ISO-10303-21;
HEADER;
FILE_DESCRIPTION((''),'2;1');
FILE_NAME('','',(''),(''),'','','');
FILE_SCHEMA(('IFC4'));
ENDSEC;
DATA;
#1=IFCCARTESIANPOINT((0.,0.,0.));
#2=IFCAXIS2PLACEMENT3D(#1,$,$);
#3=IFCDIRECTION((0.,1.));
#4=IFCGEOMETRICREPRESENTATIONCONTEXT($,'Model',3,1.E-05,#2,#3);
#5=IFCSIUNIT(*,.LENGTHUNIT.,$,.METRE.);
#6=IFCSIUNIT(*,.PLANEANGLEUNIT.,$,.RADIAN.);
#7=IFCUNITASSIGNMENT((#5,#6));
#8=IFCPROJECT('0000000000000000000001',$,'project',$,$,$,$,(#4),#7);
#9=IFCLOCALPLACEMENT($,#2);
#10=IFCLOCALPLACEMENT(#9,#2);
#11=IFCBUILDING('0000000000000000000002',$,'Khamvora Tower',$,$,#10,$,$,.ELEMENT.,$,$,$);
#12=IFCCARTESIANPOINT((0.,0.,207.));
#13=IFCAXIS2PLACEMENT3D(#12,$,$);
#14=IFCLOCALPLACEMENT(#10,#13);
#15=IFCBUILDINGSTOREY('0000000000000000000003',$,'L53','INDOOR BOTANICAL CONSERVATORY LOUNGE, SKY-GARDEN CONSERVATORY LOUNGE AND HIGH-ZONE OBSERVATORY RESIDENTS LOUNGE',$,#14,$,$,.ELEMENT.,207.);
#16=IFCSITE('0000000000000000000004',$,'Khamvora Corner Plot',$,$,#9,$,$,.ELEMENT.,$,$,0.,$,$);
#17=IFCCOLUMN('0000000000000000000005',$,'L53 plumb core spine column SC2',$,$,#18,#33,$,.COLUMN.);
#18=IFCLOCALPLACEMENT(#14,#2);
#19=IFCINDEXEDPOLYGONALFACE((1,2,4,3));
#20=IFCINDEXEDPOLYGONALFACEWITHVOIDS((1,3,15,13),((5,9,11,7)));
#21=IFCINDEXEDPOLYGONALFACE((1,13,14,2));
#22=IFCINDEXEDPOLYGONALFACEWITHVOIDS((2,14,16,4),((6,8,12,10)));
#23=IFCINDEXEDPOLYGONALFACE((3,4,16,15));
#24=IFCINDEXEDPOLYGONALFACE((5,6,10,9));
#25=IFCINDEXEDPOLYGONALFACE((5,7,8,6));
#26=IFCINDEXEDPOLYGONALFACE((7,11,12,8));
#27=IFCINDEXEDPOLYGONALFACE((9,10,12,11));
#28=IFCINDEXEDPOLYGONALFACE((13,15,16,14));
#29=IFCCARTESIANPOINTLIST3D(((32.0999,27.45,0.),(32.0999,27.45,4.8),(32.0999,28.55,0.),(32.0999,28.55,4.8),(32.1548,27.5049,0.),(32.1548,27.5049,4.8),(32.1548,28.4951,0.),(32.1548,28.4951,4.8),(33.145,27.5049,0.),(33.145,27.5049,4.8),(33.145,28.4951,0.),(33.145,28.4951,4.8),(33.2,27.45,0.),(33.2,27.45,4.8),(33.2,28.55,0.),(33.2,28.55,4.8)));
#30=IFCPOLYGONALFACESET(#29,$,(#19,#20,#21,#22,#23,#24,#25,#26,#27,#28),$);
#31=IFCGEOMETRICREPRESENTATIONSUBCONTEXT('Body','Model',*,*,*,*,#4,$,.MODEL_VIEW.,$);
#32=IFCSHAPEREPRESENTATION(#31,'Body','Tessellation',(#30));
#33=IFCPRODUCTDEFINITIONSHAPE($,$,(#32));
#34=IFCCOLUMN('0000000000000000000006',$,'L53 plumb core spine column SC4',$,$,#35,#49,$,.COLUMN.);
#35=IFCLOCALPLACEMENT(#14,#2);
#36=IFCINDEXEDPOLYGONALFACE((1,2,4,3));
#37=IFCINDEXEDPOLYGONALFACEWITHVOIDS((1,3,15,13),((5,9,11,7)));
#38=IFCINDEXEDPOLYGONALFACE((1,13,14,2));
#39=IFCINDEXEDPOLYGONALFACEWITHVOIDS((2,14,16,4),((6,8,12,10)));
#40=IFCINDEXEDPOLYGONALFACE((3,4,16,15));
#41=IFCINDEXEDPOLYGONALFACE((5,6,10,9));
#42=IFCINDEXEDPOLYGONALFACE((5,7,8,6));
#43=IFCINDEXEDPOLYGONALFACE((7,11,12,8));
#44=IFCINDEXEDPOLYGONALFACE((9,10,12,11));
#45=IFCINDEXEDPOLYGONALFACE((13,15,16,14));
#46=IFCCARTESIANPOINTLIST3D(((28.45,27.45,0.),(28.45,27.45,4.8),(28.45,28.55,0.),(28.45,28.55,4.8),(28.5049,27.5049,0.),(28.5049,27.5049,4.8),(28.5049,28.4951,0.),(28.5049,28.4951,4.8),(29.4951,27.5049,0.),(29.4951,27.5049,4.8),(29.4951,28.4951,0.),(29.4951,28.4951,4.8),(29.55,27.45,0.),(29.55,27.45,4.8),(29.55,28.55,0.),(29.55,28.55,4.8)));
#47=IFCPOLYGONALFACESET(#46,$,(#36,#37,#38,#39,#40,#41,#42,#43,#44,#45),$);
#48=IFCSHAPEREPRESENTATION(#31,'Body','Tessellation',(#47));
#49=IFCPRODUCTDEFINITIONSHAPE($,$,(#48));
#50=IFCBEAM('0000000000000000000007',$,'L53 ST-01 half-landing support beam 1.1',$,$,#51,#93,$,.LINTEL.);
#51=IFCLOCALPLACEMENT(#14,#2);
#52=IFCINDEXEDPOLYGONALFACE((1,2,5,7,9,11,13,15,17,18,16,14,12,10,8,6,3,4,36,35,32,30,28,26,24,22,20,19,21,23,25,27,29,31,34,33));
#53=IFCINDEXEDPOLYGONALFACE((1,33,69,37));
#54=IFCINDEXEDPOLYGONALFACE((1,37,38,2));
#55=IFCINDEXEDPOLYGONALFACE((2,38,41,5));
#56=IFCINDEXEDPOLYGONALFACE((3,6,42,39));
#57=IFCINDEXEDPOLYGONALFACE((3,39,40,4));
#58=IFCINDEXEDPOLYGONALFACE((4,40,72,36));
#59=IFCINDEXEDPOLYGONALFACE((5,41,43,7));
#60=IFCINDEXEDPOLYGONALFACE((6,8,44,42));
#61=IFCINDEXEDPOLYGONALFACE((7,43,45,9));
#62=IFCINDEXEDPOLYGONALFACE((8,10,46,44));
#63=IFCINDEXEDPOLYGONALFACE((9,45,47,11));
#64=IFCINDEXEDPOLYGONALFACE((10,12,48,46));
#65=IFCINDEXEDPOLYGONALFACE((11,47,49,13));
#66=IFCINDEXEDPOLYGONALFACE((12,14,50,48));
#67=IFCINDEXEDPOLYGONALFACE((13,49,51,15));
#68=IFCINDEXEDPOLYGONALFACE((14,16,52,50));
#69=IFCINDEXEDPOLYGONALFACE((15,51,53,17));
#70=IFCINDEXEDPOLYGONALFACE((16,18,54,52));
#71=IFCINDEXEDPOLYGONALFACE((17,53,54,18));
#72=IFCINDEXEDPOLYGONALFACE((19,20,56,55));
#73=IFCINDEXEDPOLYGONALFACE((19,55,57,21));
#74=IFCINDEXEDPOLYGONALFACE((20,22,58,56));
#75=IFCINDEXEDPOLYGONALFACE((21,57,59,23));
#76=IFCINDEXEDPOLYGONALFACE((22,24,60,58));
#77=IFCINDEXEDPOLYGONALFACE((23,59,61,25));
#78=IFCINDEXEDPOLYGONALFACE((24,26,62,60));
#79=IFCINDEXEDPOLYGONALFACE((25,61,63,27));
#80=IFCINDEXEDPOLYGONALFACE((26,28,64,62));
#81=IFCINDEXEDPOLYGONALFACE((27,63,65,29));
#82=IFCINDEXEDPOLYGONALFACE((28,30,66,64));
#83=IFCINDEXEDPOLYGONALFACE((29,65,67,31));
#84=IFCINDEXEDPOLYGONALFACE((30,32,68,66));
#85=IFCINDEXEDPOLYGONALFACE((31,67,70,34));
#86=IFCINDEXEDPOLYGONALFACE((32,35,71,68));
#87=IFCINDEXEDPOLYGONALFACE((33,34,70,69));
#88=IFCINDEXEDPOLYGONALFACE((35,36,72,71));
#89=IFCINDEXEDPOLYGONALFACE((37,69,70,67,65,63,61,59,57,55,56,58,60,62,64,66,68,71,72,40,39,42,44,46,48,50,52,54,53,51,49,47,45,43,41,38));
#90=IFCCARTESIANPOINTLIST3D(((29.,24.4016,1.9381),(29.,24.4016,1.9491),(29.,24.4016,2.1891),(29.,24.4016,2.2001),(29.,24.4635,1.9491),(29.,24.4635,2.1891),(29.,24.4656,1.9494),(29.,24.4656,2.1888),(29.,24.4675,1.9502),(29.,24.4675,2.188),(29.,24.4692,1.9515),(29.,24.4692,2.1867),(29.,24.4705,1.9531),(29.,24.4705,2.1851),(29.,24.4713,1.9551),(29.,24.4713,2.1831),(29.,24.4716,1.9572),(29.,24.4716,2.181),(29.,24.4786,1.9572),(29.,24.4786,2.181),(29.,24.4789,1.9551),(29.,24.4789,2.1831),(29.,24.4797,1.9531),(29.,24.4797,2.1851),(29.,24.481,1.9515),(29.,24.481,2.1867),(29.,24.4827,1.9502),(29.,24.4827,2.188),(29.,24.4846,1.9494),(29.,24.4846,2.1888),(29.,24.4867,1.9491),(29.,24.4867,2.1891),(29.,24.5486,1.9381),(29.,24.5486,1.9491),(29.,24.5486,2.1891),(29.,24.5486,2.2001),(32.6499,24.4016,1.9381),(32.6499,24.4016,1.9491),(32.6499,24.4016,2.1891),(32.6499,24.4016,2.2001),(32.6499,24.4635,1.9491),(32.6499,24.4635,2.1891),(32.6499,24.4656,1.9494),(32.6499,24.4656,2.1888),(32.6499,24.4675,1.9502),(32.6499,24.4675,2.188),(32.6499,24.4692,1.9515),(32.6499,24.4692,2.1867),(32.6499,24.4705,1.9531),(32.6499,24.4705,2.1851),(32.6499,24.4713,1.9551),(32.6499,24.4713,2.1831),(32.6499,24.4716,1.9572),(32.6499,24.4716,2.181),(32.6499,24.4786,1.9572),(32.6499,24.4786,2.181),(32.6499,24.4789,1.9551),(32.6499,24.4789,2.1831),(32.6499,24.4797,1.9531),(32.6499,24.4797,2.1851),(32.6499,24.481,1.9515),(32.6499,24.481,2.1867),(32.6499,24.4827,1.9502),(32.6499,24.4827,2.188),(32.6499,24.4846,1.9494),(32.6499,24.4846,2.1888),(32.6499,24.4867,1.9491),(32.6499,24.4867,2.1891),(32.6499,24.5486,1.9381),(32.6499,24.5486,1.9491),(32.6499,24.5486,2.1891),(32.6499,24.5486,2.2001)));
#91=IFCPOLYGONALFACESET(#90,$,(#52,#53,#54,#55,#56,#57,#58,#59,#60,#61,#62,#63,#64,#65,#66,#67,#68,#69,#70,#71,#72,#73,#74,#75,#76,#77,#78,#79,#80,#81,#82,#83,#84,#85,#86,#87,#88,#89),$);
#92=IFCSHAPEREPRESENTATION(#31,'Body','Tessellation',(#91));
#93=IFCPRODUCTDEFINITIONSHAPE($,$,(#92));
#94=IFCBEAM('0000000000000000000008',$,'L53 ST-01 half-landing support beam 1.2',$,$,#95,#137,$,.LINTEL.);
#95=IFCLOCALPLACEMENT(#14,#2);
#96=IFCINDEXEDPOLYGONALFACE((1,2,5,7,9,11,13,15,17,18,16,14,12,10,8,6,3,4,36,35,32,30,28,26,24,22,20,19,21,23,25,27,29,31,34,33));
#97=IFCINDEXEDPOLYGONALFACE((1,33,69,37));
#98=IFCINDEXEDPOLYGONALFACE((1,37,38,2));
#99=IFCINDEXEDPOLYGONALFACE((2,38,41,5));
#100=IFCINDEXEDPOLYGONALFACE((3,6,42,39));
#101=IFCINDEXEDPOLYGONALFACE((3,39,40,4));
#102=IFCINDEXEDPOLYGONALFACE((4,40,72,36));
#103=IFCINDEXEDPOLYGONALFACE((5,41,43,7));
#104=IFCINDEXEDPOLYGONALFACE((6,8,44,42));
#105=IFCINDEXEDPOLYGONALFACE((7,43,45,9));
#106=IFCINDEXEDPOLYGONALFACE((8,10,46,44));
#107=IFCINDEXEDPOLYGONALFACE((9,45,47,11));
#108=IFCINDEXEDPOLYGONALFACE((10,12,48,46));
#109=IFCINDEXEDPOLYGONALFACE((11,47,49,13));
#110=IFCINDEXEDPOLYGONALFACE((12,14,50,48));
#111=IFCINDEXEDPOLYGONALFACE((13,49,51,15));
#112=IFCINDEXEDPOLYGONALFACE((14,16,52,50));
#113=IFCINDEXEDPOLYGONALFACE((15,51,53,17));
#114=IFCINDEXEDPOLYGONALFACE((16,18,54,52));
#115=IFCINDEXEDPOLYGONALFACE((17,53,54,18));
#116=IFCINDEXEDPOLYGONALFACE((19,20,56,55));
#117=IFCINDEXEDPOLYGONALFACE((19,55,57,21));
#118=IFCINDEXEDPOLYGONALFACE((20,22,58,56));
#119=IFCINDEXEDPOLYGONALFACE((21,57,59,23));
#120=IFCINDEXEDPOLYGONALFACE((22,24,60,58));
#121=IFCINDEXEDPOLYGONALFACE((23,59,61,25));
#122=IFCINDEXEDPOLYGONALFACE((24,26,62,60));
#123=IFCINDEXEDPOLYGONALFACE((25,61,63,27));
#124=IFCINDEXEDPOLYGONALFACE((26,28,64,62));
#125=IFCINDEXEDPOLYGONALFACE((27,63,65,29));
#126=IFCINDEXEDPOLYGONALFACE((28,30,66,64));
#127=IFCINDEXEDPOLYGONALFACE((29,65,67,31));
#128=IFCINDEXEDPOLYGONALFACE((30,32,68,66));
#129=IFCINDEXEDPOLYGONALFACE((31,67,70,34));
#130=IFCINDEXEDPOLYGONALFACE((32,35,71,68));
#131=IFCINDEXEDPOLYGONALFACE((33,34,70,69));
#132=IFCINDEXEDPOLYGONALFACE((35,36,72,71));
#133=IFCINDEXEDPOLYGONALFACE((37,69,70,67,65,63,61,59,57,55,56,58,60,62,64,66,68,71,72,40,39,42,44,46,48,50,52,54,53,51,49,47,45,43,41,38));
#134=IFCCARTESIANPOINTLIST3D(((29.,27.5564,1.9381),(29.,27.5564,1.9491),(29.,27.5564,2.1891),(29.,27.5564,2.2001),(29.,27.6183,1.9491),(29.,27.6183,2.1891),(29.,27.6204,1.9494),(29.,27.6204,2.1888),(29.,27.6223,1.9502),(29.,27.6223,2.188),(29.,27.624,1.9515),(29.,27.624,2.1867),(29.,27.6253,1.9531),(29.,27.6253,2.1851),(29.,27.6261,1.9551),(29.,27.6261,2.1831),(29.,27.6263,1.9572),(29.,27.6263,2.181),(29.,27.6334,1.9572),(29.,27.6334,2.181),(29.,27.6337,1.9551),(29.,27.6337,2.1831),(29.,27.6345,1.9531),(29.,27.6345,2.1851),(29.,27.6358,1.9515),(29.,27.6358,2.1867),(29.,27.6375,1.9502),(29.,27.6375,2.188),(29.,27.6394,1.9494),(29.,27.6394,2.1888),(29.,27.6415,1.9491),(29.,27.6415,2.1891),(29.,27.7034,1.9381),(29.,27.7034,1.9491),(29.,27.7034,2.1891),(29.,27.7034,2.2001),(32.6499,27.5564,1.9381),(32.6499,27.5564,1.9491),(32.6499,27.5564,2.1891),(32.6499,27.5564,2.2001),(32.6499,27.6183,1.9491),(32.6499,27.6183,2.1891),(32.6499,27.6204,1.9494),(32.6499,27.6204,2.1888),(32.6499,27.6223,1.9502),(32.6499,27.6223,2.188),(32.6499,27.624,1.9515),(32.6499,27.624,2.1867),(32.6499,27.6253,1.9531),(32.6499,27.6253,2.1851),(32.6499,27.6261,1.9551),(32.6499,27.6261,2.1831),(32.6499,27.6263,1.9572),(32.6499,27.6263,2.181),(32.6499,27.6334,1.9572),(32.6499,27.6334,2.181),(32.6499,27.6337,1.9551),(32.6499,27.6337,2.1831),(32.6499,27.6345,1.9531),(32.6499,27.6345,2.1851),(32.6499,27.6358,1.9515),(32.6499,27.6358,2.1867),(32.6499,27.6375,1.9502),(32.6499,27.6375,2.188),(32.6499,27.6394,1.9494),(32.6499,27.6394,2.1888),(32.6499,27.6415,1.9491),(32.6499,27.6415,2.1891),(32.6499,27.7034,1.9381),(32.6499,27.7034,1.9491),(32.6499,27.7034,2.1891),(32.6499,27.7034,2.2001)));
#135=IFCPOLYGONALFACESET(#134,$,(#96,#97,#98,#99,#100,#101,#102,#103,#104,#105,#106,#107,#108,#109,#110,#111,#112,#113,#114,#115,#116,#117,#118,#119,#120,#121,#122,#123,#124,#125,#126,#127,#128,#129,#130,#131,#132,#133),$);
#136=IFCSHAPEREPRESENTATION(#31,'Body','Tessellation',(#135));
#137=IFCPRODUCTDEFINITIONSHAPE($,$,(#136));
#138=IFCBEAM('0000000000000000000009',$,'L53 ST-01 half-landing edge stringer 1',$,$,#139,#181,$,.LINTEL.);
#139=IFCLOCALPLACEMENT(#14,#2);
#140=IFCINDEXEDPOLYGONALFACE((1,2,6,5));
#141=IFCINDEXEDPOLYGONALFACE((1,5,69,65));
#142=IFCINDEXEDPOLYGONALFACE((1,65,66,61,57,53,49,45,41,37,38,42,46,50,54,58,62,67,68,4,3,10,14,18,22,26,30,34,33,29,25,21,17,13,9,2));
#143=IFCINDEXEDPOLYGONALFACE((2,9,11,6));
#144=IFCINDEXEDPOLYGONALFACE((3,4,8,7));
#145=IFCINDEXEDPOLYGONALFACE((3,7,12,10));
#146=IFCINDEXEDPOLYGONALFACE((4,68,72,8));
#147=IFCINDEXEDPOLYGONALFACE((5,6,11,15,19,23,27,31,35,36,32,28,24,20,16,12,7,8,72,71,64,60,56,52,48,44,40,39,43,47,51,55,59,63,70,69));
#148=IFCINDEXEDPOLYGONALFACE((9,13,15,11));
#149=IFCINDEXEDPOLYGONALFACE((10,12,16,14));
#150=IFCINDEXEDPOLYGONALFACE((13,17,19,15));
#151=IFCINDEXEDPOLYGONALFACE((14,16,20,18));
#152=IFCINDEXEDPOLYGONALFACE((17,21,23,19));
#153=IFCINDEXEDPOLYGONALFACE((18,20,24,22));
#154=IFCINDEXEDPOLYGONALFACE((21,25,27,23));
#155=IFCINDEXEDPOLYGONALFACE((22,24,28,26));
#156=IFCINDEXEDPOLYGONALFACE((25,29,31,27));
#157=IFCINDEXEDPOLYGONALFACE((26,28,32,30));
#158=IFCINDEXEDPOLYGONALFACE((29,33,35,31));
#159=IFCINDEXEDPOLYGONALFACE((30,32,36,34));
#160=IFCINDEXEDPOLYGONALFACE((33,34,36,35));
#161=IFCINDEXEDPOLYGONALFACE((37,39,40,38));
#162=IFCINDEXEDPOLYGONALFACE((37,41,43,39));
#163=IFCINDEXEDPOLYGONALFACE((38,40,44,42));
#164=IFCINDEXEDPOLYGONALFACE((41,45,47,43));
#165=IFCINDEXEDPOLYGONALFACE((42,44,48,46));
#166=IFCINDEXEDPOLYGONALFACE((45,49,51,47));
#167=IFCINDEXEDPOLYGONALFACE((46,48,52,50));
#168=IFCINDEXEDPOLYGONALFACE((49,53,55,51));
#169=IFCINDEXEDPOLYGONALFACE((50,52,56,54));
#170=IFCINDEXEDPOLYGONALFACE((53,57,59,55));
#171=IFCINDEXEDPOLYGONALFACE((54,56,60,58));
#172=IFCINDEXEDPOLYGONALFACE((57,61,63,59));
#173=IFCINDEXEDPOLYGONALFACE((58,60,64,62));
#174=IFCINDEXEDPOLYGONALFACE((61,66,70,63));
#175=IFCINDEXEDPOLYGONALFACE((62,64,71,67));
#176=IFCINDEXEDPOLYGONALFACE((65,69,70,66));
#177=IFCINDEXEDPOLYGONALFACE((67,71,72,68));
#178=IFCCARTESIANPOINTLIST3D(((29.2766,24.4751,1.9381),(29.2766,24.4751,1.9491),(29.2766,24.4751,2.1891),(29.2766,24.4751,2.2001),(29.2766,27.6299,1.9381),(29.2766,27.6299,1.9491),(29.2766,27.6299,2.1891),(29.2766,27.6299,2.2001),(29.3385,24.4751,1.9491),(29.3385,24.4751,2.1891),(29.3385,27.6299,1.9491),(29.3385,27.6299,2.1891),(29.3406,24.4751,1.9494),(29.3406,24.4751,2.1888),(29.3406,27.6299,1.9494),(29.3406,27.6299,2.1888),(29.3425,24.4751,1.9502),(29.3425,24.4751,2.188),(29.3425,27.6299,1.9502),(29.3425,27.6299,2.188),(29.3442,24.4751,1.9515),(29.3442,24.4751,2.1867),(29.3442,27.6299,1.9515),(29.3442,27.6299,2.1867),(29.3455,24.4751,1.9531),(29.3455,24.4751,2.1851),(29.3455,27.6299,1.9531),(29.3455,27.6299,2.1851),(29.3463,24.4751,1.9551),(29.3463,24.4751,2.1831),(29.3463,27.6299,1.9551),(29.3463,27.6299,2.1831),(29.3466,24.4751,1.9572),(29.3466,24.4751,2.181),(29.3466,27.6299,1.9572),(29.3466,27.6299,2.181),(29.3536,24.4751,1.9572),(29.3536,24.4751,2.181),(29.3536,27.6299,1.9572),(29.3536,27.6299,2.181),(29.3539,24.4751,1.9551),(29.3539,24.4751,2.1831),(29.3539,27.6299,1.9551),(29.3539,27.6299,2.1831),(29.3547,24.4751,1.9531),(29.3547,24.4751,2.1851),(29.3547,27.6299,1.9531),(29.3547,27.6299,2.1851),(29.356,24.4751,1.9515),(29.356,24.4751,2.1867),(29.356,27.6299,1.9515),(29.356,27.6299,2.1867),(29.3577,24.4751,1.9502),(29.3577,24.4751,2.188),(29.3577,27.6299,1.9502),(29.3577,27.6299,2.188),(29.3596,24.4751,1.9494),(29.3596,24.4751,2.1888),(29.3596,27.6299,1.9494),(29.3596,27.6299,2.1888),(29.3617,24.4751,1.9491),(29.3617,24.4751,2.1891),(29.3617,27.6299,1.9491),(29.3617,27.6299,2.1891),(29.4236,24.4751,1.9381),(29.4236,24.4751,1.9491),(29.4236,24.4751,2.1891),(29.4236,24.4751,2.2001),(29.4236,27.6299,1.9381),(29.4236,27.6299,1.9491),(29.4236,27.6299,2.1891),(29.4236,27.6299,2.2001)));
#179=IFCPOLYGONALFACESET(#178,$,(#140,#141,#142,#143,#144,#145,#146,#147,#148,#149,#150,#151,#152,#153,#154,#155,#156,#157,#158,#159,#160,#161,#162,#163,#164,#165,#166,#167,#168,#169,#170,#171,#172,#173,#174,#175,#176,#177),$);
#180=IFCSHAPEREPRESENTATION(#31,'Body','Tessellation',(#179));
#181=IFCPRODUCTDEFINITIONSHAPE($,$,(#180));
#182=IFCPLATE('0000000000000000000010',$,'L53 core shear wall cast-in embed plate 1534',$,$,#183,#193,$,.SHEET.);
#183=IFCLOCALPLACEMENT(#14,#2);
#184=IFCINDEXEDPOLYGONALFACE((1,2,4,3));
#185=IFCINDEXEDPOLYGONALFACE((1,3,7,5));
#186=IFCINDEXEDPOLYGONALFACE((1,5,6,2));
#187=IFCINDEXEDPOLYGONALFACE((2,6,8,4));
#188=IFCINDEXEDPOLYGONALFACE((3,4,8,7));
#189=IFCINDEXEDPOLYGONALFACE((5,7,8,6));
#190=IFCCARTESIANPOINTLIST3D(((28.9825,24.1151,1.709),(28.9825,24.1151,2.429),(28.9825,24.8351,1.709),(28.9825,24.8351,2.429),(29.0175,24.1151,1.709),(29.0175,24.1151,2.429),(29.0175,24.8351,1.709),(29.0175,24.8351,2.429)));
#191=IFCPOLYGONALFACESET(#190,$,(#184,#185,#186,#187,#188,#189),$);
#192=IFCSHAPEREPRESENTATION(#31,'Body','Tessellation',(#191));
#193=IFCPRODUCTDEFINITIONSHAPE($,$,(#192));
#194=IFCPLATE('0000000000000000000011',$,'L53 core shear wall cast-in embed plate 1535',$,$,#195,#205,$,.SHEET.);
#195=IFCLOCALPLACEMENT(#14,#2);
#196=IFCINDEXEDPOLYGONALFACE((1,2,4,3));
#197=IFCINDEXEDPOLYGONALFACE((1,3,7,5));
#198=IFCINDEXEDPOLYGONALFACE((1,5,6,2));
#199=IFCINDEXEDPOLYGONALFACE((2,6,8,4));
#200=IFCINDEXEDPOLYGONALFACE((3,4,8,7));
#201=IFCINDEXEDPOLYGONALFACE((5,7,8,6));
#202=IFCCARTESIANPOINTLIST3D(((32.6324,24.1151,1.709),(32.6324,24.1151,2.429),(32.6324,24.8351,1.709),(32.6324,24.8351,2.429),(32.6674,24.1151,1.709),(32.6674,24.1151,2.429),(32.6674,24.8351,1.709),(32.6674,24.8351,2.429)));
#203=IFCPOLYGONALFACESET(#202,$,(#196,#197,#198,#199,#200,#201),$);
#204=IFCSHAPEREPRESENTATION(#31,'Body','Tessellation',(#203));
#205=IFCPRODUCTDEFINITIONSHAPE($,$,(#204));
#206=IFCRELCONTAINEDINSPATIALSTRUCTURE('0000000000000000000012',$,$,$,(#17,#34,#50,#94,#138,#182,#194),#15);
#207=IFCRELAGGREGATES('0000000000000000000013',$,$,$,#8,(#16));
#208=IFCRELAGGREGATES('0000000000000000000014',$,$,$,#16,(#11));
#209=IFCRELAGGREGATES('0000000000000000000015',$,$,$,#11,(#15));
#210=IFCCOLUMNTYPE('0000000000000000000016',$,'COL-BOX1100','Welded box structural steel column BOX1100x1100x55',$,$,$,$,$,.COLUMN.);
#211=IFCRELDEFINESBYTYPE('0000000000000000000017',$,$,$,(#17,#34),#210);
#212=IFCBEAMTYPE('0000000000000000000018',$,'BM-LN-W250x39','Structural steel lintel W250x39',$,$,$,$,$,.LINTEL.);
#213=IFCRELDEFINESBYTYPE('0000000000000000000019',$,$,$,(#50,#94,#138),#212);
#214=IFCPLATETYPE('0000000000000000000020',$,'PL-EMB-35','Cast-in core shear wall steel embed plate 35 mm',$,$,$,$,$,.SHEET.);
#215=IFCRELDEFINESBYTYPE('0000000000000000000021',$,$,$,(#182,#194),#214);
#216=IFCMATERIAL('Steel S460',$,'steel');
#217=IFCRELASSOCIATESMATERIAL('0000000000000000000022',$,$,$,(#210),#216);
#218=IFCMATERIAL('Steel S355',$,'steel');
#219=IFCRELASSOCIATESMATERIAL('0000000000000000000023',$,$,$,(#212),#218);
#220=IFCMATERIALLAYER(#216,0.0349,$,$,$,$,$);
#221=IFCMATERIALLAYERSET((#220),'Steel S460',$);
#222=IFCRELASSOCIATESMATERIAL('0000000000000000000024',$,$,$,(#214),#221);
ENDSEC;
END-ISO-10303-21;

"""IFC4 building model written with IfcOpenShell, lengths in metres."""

from ifc_helpers import new_model, si_unit, direction, frame, origin, origin_2d, place, context, subcontext, project, spatial, rectangle, hollow_rectangle, i_section, extrude, material, layer, layer_set, material_profile, profile_set, type_object, element, save


model = new_model("IFC4")

# Units and contexts
model_context = context("Model", 3, precision=1e-05, world=origin(), true_north=direction((0.0, 1.0)))
body_context = subcontext(model_context, "Body", "Model", "MODEL_VIEW")
ifc_project = project(units=[si_unit("LENGTHUNIT", "METRE"), si_unit("PLANEANGLEUNIT", "RADIAN")], contexts=[model_context])

# Site, building, storey
site_placement = place(None, origin())
site = spatial("IfcSite", under=ifc_project, at=site_placement, Name="Khamvora Corner Plot", CompositionType="ELEMENT", RefElevation=0.0)
building_placement = place(site_placement, origin())
building = spatial("IfcBuilding", under=site, at=building_placement, Name="Khamvora Tower", CompositionType="ELEMENT")
storey_placement = place(building_placement, frame((0.0, 0.0, 207.0)))
storey = spatial("IfcBuildingStorey", under=building, at=storey_placement, Name="L53", Description="INDOOR BOTANICAL CONSERVATORY LOUNGE, SKY-GARDEN CONSERVATORY LOUNGE AND HIGH-ZONE OBSERVATORY RESIDENTS LOUNGE", CompositionType="ELEMENT", Elevation=207.0)

# Columns
ifc_material_1 = material(Name="Steel S460", Category="steel")
ifc_material_profile_1 = material_profile(ifc_material_1, hollow_rectangle(XDim=1.1001, YDim=1.1001, WallThickness=0.0549, at=origin_2d()), Name="BOX1100x1100x55")
ifc_profile_set_1 = profile_set([ifc_material_profile_1], Name="Steel S460")
column_type = type_object("IfcColumnType", Name="COL-BOX1100", Description="Welded box structural steel column BOX1100x1100x55", PredefinedType="COLUMN", material=ifc_profile_set_1)
for number, where, z_axis, x_axis, name in (
    (1, (32.6499, 28.0, 0.0), (0.0, 0.0, 1.0), (1.0, 0.0, 0.0), "L53 plumb core spine column SC2"),
    (2, (29.0, 28.0, 0.0), (0.0, 0.0, 1.0), (1.0, 0.0, 0.0), "L53 plumb core spine column SC4"),
):
    element("IfcColumn", number, at=place(storey_placement, frame(where, z_axis=z_axis, x_axis=x_axis)), inside=storey, type_object=column_type, Name=name, PredefinedType="COLUMN", context=body_context, shape_type="SweptSolid", body=[
        extrude(hollow_rectangle(XDim=1.1001, YDim=1.1001, WallThickness=0.0549, at=origin_2d()), origin(), (0.0, 0.0, 1.0), 4.8),
    ])

# Beams
ifc_material_2 = material(Name="Steel S355", Category="steel")
ifc_material_profile_2 = material_profile(ifc_material_2, i_section(OverallWidth=0.147, OverallDepth=0.262, WebThickness=0.0071, FlangeThickness=0.011, FilletRadius=0.0081, at=origin_2d()), Name="W250x39")
ifc_profile_set_2 = profile_set([ifc_material_profile_2], Name="Steel S355")
beam_type = type_object("IfcBeamType", Name="BM-LN-W250x39", Description="Structural steel lintel W250x39", PredefinedType="LINTEL", material=ifc_profile_set_2)
for number, where, z_axis, x_axis, name in (
    (3, (29.0, 24.4751, 2.0691), (1.0, 0.0, 0.0), (0.0, 1.0, 0.0), "L53 ST-01 half-landing support beam 1.1"),
    (4, (29.0, 27.6299, 2.0691), (1.0, 0.0, 0.0), (0.0, 1.0, 0.0), "L53 ST-01 half-landing support beam 1.2"),
):
    element("IfcBeam", number, at=place(storey_placement, frame(where, z_axis=z_axis, x_axis=x_axis)), inside=storey, type_object=beam_type, Name=name, PredefinedType="LINTEL", context=body_context, shape_type="SweptSolid", body=[
        extrude(i_section(OverallWidth=0.147, OverallDepth=0.262, WebThickness=0.0071, FlangeThickness=0.011, FilletRadius=0.0081, at=origin_2d()), origin(), (0.0, 0.0, 1.0), 3.6499),
    ])
beam_placement = place(storey_placement, frame((29.3501, 24.4751, 2.0691), z_axis=(0.0, 1.0, 0.0), x_axis=(-1.0, 0.0, 0.0)))
element("IfcBeam", 5, at=beam_placement, inside=storey, type_object=beam_type, Name="L53 ST-01 half-landing edge stringer 1", PredefinedType="LINTEL", context=body_context, shape_type="SweptSolid", body=[
    extrude(i_section(OverallWidth=0.147, OverallDepth=0.262, WebThickness=0.0071, FlangeThickness=0.011, FilletRadius=0.0081, at=origin_2d()), origin(), (0.0, 0.0, 1.0), 3.1548),
])

# Plates
ifc_layer_1 = layer(ifc_material_1, 0.0349)
ifc_layer_set_1 = layer_set([ifc_layer_1], Name="Steel S460")
plate_type = type_object("IfcPlateType", Name="PL-EMB-35", Description="Cast-in core shear wall steel embed plate 35 mm", PredefinedType="SHEET", material=ifc_layer_set_1)
for number, where, z_axis, x_axis, name in (
    (6, (29.0, 24.4751, 1.709), (0.0, 0.0, 1.0), (1.0, 0.0, 0.0), "L53 core shear wall cast-in embed plate 1534"),
    (7, (32.6499, 24.4751, 1.709), (0.0, 0.0, 1.0), (1.0, 0.0, 0.0), "L53 core shear wall cast-in embed plate 1535"),
):
    element("IfcPlate", number, at=place(storey_placement, frame(where, z_axis=z_axis, x_axis=x_axis)), inside=storey, type_object=plate_type, Name=name, PredefinedType="SHEET", context=body_context, shape_type="SweptSolid", body=[
        extrude(rectangle(XDim=0.0349, YDim=0.72, at=origin_2d()), origin(), (0.0, 0.0, 1.0), 0.72),
    ])

save(model, "model.ifc")
